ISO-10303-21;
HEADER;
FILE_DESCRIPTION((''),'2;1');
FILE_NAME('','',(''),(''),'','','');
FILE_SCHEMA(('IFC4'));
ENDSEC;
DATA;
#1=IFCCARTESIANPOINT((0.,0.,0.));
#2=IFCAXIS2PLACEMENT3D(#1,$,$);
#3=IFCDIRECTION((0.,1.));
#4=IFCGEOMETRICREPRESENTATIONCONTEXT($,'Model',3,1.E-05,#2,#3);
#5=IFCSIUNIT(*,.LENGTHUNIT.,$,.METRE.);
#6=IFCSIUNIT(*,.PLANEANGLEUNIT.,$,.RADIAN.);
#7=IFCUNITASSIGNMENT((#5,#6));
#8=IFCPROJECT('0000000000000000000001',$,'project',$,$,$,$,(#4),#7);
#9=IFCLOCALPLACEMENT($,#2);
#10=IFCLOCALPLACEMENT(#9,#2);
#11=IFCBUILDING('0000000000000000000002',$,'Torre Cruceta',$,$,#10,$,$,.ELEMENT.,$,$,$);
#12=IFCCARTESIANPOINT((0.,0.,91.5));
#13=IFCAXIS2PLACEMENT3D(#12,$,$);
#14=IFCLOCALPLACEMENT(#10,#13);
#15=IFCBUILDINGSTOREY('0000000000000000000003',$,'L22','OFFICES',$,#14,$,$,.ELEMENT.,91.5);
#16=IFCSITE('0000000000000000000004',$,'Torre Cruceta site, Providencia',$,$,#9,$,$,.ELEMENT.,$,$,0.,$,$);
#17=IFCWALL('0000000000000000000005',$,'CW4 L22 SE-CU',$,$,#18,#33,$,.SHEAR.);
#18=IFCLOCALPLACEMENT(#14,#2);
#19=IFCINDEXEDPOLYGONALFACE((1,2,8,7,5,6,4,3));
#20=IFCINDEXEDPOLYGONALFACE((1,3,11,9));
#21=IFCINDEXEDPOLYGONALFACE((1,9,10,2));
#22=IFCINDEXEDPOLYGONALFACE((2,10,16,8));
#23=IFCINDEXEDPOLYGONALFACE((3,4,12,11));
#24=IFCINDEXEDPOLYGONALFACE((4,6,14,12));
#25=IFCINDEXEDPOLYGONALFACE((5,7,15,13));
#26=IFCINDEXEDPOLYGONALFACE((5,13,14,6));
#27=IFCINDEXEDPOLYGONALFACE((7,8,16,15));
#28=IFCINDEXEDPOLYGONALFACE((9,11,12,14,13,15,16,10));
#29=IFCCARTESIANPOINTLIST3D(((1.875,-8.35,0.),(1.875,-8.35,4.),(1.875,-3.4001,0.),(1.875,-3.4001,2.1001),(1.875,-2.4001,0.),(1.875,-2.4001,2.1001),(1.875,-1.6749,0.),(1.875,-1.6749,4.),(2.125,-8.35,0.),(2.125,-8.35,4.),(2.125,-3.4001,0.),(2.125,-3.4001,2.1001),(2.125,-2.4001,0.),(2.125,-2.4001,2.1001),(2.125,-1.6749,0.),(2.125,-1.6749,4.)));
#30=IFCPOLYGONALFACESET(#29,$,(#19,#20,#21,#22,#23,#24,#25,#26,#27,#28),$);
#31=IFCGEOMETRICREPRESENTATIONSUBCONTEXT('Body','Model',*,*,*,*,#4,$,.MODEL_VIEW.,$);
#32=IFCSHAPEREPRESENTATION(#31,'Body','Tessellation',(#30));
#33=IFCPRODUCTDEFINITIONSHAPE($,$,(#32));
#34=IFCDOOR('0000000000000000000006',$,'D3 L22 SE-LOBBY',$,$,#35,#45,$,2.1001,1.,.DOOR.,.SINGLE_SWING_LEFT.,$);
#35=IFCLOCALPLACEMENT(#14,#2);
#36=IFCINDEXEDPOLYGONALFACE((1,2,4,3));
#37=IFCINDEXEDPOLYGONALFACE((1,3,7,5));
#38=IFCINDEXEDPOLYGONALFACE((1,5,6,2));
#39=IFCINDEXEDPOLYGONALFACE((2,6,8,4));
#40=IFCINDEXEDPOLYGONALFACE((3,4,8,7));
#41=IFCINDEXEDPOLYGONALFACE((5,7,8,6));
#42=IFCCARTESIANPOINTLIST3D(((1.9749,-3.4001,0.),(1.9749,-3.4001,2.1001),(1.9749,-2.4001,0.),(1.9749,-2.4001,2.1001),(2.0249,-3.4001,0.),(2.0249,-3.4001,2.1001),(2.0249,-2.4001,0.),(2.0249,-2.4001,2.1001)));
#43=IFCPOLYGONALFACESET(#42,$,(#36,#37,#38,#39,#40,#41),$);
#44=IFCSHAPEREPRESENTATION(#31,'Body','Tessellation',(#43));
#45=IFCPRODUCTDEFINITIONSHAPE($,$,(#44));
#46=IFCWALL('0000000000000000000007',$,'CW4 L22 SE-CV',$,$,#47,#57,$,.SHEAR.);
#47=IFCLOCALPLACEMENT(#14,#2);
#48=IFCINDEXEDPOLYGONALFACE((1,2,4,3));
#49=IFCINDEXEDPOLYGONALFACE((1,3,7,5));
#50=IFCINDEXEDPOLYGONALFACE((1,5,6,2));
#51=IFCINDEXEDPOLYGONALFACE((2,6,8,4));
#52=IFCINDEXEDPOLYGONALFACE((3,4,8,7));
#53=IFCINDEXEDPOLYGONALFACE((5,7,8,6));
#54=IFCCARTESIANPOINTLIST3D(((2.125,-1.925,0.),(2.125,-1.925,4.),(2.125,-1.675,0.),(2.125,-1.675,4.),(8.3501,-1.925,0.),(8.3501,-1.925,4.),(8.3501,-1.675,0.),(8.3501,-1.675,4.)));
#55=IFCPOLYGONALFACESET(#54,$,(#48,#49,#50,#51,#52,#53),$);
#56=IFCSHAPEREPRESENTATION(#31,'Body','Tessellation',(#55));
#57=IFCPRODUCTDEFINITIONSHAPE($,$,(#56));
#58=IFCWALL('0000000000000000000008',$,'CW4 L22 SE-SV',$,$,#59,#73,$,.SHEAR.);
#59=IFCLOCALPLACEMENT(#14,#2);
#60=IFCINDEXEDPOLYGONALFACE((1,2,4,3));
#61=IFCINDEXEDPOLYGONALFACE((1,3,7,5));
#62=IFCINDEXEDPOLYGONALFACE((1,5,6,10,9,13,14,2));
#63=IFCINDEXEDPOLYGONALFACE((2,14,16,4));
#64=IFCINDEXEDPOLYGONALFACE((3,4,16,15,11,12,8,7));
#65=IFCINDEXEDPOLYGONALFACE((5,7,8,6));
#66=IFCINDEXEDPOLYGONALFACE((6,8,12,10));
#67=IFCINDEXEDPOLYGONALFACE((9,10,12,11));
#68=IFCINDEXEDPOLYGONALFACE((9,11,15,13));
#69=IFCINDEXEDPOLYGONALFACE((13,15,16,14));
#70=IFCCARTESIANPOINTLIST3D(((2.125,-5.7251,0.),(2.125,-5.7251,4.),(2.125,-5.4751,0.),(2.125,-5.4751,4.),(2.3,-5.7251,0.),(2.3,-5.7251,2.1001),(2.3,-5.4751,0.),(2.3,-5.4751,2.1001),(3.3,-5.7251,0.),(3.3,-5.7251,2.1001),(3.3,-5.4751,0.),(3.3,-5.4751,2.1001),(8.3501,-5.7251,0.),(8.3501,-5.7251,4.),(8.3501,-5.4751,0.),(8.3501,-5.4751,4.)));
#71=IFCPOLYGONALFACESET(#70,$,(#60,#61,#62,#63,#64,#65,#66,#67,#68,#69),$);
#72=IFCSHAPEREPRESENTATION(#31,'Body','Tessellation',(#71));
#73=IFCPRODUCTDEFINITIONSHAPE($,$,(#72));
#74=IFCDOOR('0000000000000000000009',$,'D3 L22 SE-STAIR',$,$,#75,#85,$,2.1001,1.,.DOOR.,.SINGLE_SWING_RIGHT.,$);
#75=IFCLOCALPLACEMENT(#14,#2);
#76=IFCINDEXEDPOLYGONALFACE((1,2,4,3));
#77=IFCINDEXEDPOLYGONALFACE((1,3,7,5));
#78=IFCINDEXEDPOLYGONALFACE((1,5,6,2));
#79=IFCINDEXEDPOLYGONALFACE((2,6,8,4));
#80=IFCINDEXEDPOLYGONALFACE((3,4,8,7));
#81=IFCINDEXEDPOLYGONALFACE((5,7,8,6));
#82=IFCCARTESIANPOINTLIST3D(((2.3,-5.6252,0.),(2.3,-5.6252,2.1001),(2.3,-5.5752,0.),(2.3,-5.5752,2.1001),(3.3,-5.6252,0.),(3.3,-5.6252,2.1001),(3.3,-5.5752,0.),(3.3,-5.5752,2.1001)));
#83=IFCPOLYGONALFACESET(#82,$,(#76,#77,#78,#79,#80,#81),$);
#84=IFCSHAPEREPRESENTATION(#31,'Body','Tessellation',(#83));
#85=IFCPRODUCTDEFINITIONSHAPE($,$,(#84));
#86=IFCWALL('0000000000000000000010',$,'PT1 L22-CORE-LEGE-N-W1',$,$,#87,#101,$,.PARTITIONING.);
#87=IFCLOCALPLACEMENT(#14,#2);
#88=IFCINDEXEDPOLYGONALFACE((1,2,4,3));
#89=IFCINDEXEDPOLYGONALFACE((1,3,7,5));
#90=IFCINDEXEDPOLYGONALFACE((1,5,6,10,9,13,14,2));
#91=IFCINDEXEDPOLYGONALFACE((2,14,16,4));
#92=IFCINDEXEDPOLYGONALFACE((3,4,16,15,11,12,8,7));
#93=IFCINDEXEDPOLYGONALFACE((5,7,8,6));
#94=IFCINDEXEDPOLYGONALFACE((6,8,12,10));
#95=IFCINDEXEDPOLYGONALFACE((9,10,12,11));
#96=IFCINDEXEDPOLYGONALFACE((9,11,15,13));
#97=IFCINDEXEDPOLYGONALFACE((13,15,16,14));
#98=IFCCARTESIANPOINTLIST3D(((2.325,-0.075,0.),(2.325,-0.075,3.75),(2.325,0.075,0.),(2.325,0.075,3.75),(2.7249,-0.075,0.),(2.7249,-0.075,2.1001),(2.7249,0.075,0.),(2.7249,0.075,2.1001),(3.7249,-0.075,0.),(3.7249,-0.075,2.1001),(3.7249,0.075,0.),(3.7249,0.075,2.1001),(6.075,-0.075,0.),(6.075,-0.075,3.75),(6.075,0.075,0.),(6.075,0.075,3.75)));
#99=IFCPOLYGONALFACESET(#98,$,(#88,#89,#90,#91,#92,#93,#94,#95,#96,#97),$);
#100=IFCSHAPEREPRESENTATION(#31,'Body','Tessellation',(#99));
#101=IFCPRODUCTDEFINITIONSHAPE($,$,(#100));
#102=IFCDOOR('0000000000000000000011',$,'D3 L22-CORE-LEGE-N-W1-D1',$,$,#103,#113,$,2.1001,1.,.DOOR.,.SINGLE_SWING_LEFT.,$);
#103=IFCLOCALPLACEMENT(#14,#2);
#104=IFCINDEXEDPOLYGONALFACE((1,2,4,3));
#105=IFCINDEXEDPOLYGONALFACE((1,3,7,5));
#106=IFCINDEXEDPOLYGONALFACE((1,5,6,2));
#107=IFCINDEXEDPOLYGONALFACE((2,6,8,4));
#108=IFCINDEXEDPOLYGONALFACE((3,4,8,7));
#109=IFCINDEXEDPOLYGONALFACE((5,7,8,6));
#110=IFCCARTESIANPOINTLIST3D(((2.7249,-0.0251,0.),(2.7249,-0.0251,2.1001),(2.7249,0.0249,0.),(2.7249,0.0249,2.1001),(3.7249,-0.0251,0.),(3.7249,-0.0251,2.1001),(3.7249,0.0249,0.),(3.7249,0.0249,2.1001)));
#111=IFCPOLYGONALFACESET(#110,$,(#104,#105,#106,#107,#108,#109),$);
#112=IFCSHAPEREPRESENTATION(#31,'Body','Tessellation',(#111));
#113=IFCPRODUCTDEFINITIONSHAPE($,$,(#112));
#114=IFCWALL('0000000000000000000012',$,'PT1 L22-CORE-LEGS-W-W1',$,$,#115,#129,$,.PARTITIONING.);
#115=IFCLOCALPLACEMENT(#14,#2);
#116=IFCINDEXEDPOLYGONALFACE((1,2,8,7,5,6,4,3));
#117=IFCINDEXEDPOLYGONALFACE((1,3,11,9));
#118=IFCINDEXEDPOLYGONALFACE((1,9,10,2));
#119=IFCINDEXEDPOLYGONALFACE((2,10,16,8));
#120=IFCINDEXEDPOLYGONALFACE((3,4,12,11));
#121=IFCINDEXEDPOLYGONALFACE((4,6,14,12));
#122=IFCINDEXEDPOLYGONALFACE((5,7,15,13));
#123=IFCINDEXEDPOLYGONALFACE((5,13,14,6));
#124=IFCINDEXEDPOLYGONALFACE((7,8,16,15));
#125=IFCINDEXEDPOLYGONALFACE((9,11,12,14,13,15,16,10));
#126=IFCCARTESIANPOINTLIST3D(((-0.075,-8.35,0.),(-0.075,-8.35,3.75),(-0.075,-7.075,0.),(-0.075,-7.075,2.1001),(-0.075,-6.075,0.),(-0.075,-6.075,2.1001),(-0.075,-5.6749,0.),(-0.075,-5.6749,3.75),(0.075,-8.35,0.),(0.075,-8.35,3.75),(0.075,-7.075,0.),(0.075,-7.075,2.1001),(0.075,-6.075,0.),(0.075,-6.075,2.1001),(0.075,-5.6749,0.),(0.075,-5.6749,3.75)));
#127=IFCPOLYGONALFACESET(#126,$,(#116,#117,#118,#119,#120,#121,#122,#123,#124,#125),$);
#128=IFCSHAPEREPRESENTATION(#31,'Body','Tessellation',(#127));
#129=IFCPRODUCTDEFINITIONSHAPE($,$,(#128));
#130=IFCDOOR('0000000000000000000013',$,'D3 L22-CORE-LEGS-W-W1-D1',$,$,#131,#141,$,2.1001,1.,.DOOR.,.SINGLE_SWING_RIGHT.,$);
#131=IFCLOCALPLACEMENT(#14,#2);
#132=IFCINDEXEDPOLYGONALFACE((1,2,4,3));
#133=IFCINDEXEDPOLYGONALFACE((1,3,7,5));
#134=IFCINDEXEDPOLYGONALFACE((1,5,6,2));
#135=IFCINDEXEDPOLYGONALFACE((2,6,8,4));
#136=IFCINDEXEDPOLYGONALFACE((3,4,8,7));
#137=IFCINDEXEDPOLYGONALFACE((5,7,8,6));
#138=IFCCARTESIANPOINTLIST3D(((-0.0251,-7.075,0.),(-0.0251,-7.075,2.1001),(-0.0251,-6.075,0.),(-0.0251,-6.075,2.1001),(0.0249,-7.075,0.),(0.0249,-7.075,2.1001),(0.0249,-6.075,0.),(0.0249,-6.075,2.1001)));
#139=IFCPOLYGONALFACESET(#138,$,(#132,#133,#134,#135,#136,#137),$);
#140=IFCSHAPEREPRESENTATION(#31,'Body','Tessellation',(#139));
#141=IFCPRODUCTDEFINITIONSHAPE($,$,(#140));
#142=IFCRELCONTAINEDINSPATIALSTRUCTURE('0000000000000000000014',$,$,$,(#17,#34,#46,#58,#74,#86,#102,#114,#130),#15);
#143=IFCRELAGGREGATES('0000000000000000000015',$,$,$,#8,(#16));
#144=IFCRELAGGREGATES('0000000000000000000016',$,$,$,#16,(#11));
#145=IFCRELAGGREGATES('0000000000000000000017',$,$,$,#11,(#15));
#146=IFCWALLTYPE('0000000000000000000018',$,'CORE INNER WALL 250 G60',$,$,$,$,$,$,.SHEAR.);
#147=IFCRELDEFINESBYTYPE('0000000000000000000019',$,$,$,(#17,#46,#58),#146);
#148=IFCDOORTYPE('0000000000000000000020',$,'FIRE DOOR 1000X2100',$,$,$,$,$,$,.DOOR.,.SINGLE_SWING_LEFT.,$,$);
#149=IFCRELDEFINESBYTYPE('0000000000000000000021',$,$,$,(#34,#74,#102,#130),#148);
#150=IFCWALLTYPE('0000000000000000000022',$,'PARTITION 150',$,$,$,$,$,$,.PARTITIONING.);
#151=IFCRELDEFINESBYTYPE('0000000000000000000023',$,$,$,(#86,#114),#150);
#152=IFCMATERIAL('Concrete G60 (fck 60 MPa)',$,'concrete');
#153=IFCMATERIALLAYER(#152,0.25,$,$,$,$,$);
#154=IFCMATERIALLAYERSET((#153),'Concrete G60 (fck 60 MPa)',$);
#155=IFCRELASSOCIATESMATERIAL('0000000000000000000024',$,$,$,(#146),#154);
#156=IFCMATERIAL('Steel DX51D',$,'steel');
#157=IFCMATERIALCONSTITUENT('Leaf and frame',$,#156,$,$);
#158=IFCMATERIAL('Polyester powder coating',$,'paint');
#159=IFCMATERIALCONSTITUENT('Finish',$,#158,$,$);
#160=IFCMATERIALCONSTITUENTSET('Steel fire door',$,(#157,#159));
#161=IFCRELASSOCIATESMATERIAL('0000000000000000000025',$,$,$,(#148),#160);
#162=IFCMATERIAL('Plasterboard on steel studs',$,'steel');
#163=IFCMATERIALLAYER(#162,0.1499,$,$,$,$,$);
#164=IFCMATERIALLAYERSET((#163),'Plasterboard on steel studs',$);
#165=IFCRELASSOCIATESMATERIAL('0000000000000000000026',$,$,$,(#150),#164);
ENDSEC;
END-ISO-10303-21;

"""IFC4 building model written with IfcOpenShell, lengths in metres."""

from ifc_helpers import new_model, si_unit, direction, frame, frame_2d, origin, place, context, subcontext, project, spatial, rectangle, extrude, material, layer, layer_set, constituent, constituent_set, type_object, element, fill, save


model = new_model("IFC4")

# Units and contexts
model_context = context("Model", 3, precision=1e-05, world=origin(), true_north=direction((0.0, 1.0)))
body_context = subcontext(model_context, "Body", "Model", "MODEL_VIEW")
ifc_project = project(units=[si_unit("LENGTHUNIT", "METRE"), si_unit("PLANEANGLEUNIT", "RADIAN")], contexts=[model_context])

# Site, building, storey
site_placement = place(None, origin())
site = spatial("IfcSite", under=ifc_project, at=site_placement, Name="Torre Cruceta site, Providencia", CompositionType="ELEMENT", RefElevation=0.0)
building_placement = place(site_placement, origin())
building = spatial("IfcBuilding", under=site, at=building_placement, Name="Torre Cruceta", CompositionType="ELEMENT")
storey_placement = place(building_placement, frame((0.0, 0.0, 91.5)))
storey = spatial("IfcBuildingStorey", under=building, at=storey_placement, Name="L22", Description="OFFICES", CompositionType="ELEMENT", Elevation=91.5)

# Wall, opening, door
ifc_material_1 = material(Name="Concrete G60 (fck 60 MPa)", Category="concrete")
ifc_layer_1 = layer(ifc_material_1, 0.25)
ifc_layer_set_1 = layer_set([ifc_layer_1], Name="Concrete G60 (fck 60 MPa)")
wall_type_1 = type_object("IfcWallType", Name="CORE INNER WALL 250 G60", PredefinedType="SHEAR", material=ifc_layer_set_1)
wall_1_placement = place(storey_placement, frame((2.0, -1.675, 0.0), z_axis=(0.0, 0.0, 1.0), x_axis=(0.0, -1.0, 0.0)))
wall_1 = element("IfcWall", 1, at=wall_1_placement, inside=storey, type_object=wall_type_1, Name="CW4 L22 SE-CU", PredefinedType="SHEAR", context=body_context, shape_type="SweptSolid", body=[
    extrude(rectangle(XDim=6.675, YDim=0.25, at=frame_2d((3.3374, 0.0))), origin(), (0.0, 0.0, 1.0), 4.0),
])
opening_1_placement = place(wall_1_placement, frame((0.7251, 0.0, 0.0)))
opening_1 = element("IfcOpeningElement", 2, at=opening_1_placement, cuts=wall_1, PredefinedType="OPENING", context=body_context, shape_type="SweptSolid", body=[
    extrude(rectangle(XDim=1.0, YDim=2.1001, at=frame_2d((0.5, 1.05))), frame((0.0, 0.135, 0.0), z_axis=(0.0, -1.0, 0.0), x_axis=(1.0, 0.0, 0.0)), (0.0, 0.0, 1.0), 0.27),
])
ifc_material_2 = material(Name="Steel DX51D", Category="steel")
ifc_constituent_1 = constituent(ifc_material_2, Name="Leaf and frame")
ifc_material_3 = material(Name="Polyester powder coating", Category="paint")
ifc_constituent_2 = constituent(ifc_material_3, Name="Finish")
ifc_constituent_set = constituent_set(constituents=[ifc_constituent_1, ifc_constituent_2], Name="Steel fire door")
door_type = type_object("IfcDoorType", Name="FIRE DOOR 1000X2100", OperationType="SINGLE_SWING_LEFT", PredefinedType="DOOR", material=ifc_constituent_set)
door_1_placement = place(opening_1_placement, origin())
door_1 = element("IfcDoor", 3, at=door_1_placement, inside=storey, type_object=door_type, Name="D3 L22 SE-LOBBY", OperationType="SINGLE_SWING_LEFT", OverallHeight=2.1001, OverallWidth=1.0, PredefinedType="DOOR", context=body_context, shape_type="SweptSolid", body=[
    extrude(rectangle(XDim=1.0, YDim=2.1001, at=frame_2d((0.5, 1.05))), frame((0.0, 0.0249, 0.0), z_axis=(0.0, -1.0, 0.0), x_axis=(1.0, 0.0, 0.0)), (0.0, 0.0, 1.0), 0.05),
])
fill(opening_1, door_1)

# Wall
wall_2_placement = place(storey_placement, frame((2.125, -1.8, 0.0), z_axis=(0.0, 0.0, 1.0), x_axis=(1.0, 0.0, 0.0)))
element("IfcWall", 4, at=wall_2_placement, inside=storey, type_object=wall_type_1, Name="CW4 L22 SE-CV", PredefinedType="SHEAR", context=body_context, shape_type="SweptSolid", body=[
    extrude(rectangle(XDim=6.2251, YDim=0.25, at=frame_2d((3.1125, 0.0))), origin(), (0.0, 0.0, 1.0), 4.0),
])

# Walls, openings, doors
wall_3_placement = place(storey_placement, frame((2.125, -5.6001, 0.0), z_axis=(0.0, 0.0, 1.0), x_axis=(1.0, 0.0, 0.0)))
wall_3 = element("IfcWall", 5, at=wall_3_placement, inside=storey, type_object=wall_type_1, Name="CW4 L22 SE-SV", PredefinedType="SHEAR", context=body_context, shape_type="SweptSolid", body=[
    extrude(rectangle(XDim=6.2251, YDim=0.25, at=frame_2d((3.1125, 0.0))), origin(), (0.0, 0.0, 1.0), 4.0),
])
opening_2_placement = place(wall_3_placement, frame((0.175, 0.0, 0.0)))
opening_2 = element("IfcOpeningElement", 6, at=opening_2_placement, cuts=wall_3, PredefinedType="OPENING", context=body_context, shape_type="SweptSolid", body=[
    extrude(rectangle(XDim=1.0, YDim=2.1001, at=frame_2d((0.5, 1.05))), frame((0.0, 0.135, 0.0), z_axis=(0.0, -1.0, 0.0), x_axis=(1.0, 0.0, 0.0)), (0.0, 0.0, 1.0), 0.27),
])
door_2_placement = place(opening_2_placement, frame((1.0, 0.0, 0.0), z_axis=(0.0, 0.0, 1.0), x_axis=(-1.0, 0.0, 0.0)))
door_2 = element("IfcDoor", 7, at=door_2_placement, inside=storey, type_object=door_type, Name="D3 L22 SE-STAIR", OperationType="SINGLE_SWING_RIGHT", OverallHeight=2.1001, OverallWidth=1.0, PredefinedType="DOOR", context=body_context, shape_type="SweptSolid", body=[
    extrude(rectangle(XDim=1.0, YDim=2.1001, at=frame_2d((0.5, 1.05))), frame((0.0, 0.0251, 0.0), z_axis=(0.0, -1.0, 0.0), x_axis=(1.0, 0.0, 0.0)), (0.0, 0.0, 1.0), 0.05),
])
fill(opening_2, door_2)
ifc_material_4 = material(Name="Plasterboard on steel studs", Category="steel")
ifc_layer_2 = layer(ifc_material_4, 0.1499)
ifc_layer_set_2 = layer_set([ifc_layer_2], Name="Plasterboard on steel studs")
wall_type_2 = type_object("IfcWallType", Name="PARTITION 150", PredefinedType="PARTITIONING", material=ifc_layer_set_2)
wall_4_placement = place(storey_placement, frame((2.325, 0.0, 0.0), z_axis=(0.0, 0.0, 1.0), x_axis=(1.0, 0.0, 0.0)))
wall_4 = element("IfcWall", 8, at=wall_4_placement, inside=storey, type_object=wall_type_2, Name="PT1 L22-CORE-LEGE-N-W1", PredefinedType="PARTITIONING", context=body_context, shape_type="SweptSolid", body=[
    extrude(rectangle(XDim=3.75, YDim=0.1499, at=frame_2d((1.875, 0.0))), origin(), (0.0, 0.0, 1.0), 3.75),
])
opening_3_placement = place(wall_4_placement, frame((0.3999, 0.0, 0.0)))
opening_3 = element("IfcOpeningElement", 9, at=opening_3_placement, cuts=wall_4, PredefinedType="OPENING", context=body_context, shape_type="SweptSolid", body=[
    extrude(rectangle(XDim=1.0, YDim=2.1001, at=frame_2d((0.5, 1.05))), frame((0.0, 0.085, 0.0), z_axis=(0.0, -1.0, 0.0), x_axis=(1.0, 0.0, 0.0)), (0.0, 0.0, 1.0), 0.1699),
])
door_3_placement = place(opening_3_placement, origin())
door_3 = element("IfcDoor", 10, at=door_3_placement, inside=storey, type_object=door_type, Name="D3 L22-CORE-LEGE-N-W1-D1", OperationType="SINGLE_SWING_LEFT", OverallHeight=2.1001, OverallWidth=1.0, PredefinedType="DOOR", context=body_context, shape_type="SweptSolid", body=[
    extrude(rectangle(XDim=1.0, YDim=2.1001, at=frame_2d((0.5, 1.05))), frame((0.0, 0.0249, 0.0), z_axis=(0.0, -1.0, 0.0), x_axis=(1.0, 0.0, 0.0)), (0.0, 0.0, 1.0), 0.05),
])
fill(opening_3, door_3)
wall_5_placement = place(storey_placement, frame((0.0, -5.675, 0.0), z_axis=(0.0, 0.0, 1.0), x_axis=(0.0, -1.0, 0.0)))
wall_5 = element("IfcWall", 11, at=wall_5_placement, inside=storey, type_object=wall_type_2, Name="PT1 L22-CORE-LEGS-W-W1", PredefinedType="PARTITIONING", context=body_context, shape_type="SweptSolid", body=[
    extrude(rectangle(XDim=2.675, YDim=0.1499, at=frame_2d((1.3374, 0.0))), origin(), (0.0, 0.0, 1.0), 3.75),
])
opening_4_placement = place(wall_5_placement, frame((0.3999, 0.0, 0.0)))
opening_4 = element("IfcOpeningElement", 12, at=opening_4_placement, cuts=wall_5, PredefinedType="OPENING", context=body_context, shape_type="SweptSolid", body=[
    extrude(rectangle(XDim=1.0, YDim=2.1001, at=frame_2d((0.5, 1.05))), frame((0.0, 0.085, 0.0), z_axis=(0.0, -1.0, 0.0), x_axis=(1.0, 0.0, 0.0)), (0.0, 0.0, 1.0), 0.1699),
])
door_4_placement = place(opening_4_placement, frame((1.0, 0.0, 0.0), z_axis=(0.0, 0.0, 1.0), x_axis=(-1.0, 0.0, 0.0)))
door_4 = element("IfcDoor", 13, at=door_4_placement, inside=storey, type_object=door_type, Name="D3 L22-CORE-LEGS-W-W1-D1", OperationType="SINGLE_SWING_RIGHT", OverallHeight=2.1001, OverallWidth=1.0, PredefinedType="DOOR", context=body_context, shape_type="SweptSolid", body=[
    extrude(rectangle(XDim=1.0, YDim=2.1001, at=frame_2d((0.5, 1.05))), frame((0.0, 0.0251, 0.0), z_axis=(0.0, -1.0, 0.0), x_axis=(1.0, 0.0, 0.0)), (0.0, 0.0, 1.0), 0.05),
])
fill(opening_4, door_4)

save(model, "model.ifc")
